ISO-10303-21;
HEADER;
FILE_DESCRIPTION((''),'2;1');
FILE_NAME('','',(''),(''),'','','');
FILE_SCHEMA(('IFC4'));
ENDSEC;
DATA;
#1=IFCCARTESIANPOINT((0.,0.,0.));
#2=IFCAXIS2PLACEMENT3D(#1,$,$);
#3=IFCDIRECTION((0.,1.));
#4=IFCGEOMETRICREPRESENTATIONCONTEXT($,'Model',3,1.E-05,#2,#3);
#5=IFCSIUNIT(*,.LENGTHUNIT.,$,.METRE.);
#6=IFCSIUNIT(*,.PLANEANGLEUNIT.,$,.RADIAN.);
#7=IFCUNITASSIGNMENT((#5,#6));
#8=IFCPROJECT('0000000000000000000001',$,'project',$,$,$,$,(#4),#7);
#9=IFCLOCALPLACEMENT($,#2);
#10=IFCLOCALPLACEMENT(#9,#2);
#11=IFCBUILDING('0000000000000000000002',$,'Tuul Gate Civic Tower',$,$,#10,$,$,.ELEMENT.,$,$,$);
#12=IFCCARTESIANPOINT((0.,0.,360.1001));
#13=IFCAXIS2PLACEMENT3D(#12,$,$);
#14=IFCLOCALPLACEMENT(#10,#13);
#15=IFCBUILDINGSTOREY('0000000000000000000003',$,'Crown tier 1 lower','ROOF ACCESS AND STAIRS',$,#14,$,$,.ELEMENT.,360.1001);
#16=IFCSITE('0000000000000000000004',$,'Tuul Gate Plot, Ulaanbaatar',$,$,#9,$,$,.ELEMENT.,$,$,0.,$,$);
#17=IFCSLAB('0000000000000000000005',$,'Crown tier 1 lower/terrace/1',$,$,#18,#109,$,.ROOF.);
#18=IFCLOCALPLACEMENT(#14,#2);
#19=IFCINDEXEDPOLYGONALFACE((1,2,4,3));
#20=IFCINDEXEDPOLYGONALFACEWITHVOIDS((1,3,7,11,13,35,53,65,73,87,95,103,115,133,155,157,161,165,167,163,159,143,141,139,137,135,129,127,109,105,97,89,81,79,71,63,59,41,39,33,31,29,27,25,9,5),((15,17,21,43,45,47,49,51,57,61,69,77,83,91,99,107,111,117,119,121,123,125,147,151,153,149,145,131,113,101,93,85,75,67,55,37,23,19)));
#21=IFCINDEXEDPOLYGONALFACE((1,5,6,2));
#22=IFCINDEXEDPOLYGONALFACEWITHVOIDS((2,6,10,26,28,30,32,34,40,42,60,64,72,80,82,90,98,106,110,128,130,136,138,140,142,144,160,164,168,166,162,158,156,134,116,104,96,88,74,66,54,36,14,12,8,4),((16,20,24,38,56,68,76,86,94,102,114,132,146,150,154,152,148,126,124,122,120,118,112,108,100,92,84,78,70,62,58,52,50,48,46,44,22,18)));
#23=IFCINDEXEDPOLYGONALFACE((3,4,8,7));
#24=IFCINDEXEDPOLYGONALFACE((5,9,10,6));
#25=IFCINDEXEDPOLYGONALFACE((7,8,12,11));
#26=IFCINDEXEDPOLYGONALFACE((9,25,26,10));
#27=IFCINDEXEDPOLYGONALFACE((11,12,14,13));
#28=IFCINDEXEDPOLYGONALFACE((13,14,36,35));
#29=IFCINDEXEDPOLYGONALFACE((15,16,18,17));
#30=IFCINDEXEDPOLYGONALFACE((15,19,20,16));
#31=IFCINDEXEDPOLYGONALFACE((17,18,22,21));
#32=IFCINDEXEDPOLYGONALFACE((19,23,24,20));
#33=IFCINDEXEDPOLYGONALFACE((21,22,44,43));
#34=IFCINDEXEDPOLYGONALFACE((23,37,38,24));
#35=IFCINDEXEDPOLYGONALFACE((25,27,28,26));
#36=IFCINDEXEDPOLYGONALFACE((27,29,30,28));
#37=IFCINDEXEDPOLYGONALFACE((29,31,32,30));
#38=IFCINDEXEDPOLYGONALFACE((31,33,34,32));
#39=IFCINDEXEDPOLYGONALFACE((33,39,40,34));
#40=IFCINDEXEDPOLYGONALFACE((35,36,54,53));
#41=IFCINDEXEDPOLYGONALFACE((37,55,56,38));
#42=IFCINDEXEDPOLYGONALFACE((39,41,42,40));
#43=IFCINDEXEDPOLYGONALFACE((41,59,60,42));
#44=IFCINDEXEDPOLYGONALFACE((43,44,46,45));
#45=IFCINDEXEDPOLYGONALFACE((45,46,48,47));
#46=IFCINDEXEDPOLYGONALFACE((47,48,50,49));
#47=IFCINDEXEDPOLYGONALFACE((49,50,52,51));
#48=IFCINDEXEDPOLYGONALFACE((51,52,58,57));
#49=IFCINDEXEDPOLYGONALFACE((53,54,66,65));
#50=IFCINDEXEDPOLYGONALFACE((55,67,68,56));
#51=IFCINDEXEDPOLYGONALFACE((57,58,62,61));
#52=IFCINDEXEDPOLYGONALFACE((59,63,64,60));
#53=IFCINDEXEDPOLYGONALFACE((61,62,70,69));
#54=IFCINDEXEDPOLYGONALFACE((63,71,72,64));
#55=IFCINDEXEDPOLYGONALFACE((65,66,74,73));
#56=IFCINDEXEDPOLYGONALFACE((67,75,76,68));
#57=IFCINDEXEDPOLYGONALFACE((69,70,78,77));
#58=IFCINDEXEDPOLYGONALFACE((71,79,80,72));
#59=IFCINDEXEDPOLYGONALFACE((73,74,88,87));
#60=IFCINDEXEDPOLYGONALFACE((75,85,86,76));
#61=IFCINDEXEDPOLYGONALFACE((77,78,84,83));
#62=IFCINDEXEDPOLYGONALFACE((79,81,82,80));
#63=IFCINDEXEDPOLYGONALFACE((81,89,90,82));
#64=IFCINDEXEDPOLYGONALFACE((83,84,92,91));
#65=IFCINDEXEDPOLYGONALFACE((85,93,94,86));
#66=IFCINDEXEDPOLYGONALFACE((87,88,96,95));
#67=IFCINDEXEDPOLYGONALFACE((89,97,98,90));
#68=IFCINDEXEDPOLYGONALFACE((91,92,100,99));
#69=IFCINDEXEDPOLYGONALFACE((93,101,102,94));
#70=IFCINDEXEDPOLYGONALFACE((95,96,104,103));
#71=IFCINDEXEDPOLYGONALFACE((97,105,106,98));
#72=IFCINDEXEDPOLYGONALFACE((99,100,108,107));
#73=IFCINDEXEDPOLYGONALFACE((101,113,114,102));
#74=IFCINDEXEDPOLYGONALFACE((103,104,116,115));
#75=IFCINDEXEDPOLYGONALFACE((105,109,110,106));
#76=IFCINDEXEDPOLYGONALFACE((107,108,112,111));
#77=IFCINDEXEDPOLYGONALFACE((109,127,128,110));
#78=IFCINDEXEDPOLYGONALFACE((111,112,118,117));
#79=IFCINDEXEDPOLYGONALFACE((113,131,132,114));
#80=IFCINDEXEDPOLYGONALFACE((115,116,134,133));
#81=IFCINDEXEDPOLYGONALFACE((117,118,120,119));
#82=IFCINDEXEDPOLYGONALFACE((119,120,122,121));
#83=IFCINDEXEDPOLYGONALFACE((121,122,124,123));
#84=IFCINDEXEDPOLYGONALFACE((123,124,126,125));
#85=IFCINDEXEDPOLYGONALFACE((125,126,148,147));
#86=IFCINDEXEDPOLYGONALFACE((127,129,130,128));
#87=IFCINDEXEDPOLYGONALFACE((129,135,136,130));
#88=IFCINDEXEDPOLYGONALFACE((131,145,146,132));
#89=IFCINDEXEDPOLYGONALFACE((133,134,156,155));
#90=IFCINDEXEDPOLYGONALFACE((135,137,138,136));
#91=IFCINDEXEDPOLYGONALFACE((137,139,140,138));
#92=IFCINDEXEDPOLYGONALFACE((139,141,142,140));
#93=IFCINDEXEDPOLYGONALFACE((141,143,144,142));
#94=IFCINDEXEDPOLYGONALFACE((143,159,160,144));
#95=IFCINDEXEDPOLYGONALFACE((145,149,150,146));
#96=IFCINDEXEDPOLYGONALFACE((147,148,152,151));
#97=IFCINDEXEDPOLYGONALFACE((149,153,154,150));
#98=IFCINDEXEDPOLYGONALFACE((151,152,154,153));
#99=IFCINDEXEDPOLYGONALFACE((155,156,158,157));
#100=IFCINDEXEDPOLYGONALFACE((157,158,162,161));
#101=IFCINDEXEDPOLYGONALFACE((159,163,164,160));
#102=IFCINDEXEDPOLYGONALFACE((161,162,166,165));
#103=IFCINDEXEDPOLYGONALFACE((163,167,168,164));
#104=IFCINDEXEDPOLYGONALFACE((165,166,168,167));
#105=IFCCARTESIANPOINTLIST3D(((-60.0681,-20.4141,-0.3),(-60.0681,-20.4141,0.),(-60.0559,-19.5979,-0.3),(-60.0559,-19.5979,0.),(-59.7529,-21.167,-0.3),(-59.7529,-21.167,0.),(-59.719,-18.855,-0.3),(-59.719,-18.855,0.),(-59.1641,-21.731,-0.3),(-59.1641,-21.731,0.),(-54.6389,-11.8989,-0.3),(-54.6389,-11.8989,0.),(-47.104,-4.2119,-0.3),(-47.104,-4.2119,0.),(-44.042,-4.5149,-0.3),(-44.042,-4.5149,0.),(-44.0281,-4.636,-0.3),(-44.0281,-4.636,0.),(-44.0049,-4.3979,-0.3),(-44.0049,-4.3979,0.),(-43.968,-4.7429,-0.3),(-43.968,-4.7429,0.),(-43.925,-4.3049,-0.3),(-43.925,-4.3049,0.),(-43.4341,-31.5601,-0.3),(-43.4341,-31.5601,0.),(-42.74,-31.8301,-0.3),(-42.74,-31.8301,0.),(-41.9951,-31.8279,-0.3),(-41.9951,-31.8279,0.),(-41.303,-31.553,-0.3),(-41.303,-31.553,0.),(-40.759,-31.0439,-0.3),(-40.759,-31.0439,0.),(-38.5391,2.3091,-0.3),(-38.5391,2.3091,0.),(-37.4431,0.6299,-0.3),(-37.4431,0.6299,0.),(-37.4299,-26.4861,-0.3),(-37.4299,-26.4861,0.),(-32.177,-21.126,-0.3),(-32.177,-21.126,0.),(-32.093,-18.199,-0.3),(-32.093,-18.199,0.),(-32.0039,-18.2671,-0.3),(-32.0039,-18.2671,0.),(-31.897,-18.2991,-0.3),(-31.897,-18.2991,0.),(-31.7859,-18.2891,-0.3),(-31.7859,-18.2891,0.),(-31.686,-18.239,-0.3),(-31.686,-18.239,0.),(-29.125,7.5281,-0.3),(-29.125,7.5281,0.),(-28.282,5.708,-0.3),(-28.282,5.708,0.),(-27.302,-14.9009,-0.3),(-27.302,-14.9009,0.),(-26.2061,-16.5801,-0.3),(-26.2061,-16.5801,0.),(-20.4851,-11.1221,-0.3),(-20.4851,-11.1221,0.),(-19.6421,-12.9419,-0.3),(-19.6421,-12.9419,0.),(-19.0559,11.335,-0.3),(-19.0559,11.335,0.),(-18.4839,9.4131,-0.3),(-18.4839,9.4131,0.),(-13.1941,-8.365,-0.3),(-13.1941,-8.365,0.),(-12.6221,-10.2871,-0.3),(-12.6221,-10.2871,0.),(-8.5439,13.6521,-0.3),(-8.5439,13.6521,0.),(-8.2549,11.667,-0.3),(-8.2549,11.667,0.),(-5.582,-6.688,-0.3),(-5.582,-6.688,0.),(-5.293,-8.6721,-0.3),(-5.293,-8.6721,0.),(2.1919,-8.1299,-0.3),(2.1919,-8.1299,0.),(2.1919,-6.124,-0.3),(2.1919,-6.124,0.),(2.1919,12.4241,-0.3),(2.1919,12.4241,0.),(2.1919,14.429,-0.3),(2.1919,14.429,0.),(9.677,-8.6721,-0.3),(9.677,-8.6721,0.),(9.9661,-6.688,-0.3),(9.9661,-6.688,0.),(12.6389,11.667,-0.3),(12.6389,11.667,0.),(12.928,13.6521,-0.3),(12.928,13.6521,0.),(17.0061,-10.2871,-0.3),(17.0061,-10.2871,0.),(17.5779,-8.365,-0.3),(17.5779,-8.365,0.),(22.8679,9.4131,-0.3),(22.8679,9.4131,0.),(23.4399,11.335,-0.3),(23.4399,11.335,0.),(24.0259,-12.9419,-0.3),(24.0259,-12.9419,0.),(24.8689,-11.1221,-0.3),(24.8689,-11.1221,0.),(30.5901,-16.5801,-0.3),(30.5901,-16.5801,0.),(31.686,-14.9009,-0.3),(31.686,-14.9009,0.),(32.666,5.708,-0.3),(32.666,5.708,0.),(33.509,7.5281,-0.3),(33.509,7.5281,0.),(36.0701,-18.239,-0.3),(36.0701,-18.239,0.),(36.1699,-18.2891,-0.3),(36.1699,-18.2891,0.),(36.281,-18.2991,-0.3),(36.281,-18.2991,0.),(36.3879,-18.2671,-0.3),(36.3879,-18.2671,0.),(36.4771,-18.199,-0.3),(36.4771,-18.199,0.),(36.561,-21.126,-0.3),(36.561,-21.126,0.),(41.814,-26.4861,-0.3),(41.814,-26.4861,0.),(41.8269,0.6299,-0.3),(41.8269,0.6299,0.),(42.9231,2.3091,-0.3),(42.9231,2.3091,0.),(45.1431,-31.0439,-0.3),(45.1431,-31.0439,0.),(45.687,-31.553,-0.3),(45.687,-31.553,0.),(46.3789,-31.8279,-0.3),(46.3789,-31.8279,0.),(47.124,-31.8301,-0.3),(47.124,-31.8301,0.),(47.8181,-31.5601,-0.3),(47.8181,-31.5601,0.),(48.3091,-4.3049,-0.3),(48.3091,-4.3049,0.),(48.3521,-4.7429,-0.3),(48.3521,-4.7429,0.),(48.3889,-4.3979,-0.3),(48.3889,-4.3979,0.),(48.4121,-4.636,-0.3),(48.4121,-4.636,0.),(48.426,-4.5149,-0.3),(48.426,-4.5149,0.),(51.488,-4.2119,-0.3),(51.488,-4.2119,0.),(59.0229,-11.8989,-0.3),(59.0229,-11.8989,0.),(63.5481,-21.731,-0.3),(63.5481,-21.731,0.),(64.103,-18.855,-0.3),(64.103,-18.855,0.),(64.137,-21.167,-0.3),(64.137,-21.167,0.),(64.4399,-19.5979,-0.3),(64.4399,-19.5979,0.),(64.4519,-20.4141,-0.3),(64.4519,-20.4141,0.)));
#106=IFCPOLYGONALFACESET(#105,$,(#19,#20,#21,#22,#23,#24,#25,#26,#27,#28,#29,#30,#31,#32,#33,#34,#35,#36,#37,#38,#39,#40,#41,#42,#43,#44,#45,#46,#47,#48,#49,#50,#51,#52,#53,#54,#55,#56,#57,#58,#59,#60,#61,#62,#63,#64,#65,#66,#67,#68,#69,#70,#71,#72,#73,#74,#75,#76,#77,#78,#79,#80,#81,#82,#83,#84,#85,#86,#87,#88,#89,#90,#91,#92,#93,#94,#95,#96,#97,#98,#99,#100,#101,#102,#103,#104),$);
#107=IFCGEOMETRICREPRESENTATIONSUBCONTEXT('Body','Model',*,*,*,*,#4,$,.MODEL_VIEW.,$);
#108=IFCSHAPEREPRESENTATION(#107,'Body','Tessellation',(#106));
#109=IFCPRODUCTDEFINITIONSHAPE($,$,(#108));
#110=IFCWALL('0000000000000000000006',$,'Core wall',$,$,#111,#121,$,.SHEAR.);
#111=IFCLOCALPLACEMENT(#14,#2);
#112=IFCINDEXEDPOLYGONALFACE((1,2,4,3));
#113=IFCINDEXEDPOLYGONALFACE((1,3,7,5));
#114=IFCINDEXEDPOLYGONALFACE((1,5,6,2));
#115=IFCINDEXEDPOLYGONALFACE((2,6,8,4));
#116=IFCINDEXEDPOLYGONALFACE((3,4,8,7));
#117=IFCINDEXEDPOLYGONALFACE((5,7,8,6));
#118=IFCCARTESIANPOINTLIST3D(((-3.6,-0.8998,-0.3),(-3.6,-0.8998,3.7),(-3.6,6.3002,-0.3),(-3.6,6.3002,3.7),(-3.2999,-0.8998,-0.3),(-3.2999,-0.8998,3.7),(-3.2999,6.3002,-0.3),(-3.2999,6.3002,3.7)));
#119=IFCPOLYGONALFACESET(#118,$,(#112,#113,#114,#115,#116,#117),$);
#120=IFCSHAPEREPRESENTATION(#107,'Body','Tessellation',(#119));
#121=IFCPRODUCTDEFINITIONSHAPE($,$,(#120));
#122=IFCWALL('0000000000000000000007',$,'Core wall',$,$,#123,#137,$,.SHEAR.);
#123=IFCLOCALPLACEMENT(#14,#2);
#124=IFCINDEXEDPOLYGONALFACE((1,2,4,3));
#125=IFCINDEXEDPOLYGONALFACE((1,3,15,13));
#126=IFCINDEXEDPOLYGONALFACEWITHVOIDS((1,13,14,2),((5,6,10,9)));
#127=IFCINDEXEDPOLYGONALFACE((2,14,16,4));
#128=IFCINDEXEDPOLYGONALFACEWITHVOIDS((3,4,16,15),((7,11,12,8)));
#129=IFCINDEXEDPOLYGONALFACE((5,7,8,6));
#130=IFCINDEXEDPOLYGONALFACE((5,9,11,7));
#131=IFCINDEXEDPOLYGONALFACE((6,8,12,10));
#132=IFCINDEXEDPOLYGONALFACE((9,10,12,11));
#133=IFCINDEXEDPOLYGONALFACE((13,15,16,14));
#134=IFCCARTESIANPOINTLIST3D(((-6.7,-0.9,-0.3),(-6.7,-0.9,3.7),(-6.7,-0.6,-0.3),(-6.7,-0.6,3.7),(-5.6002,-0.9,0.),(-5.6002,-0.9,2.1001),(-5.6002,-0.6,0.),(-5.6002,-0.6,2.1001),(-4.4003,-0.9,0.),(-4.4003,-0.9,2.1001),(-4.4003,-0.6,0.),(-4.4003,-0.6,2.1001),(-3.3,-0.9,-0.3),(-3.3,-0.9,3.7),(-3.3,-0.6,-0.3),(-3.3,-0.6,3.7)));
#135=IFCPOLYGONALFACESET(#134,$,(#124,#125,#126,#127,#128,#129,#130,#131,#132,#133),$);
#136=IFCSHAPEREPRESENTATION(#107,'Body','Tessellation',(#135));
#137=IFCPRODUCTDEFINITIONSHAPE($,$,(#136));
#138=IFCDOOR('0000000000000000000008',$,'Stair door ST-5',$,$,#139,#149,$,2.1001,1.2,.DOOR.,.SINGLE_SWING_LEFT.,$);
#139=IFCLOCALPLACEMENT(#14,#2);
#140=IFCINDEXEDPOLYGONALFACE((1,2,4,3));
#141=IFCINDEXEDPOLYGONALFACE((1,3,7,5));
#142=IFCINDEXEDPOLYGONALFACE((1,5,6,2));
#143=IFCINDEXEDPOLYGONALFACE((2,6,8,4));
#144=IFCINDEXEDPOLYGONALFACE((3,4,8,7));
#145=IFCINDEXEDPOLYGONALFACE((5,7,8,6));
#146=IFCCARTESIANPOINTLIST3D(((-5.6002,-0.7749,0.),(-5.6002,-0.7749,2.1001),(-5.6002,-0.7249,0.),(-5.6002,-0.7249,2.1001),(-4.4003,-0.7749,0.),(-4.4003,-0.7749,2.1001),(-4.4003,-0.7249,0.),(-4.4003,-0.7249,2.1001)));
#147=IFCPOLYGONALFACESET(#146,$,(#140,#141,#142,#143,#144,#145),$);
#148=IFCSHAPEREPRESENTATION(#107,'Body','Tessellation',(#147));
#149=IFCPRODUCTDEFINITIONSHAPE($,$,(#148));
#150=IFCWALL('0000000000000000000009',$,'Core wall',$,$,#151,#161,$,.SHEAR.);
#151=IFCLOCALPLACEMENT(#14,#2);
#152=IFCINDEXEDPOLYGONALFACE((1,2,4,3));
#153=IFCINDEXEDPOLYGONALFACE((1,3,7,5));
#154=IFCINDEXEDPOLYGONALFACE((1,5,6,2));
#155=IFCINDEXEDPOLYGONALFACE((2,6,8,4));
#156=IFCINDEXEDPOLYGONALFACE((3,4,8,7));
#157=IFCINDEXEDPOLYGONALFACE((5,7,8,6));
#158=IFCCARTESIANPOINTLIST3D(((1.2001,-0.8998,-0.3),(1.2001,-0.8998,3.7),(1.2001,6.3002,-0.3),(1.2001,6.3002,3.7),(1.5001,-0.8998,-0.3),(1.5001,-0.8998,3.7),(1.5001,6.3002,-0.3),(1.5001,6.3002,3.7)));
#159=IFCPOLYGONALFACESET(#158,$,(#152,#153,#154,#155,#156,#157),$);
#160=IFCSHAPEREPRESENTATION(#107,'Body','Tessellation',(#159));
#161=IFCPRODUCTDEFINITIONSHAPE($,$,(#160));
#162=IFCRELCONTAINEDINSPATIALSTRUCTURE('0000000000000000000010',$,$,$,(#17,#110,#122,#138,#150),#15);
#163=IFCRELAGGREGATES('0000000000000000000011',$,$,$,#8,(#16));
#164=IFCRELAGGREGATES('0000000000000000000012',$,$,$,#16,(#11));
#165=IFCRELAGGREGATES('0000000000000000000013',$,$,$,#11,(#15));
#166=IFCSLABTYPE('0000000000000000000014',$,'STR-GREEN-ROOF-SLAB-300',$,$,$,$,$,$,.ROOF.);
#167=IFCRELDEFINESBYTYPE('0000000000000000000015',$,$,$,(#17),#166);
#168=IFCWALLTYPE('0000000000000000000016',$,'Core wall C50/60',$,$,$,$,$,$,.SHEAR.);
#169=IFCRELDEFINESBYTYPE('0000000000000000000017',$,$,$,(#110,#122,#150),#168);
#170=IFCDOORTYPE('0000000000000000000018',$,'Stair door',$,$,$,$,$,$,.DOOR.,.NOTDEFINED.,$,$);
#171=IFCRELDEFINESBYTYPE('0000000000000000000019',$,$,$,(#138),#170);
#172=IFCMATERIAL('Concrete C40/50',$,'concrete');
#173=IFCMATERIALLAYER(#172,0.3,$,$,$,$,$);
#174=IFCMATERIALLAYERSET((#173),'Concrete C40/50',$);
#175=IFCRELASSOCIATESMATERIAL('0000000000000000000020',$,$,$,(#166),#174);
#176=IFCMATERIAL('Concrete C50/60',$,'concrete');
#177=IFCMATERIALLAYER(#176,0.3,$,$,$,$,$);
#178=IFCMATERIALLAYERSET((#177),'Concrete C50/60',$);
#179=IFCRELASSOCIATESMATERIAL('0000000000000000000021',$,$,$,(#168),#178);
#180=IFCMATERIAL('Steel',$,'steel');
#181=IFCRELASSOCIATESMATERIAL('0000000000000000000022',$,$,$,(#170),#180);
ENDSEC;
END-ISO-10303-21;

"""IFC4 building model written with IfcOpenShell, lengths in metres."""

from ifc_helpers import new_model, si_unit, direction, frame, frame_2d, origin, place, context, subcontext, project, spatial, polyline, rectangle, outline, extrude, material, layer, layer_set, type_object, element, fill, save


model = new_model("IFC4")

# Units and contexts
model_context = context("Model", 3, precision=1e-05, world=origin(), true_north=direction((0.0, 1.0)))
body_context = subcontext(model_context, "Body", "Model", "MODEL_VIEW")
ifc_project = project(units=[si_unit("LENGTHUNIT", "METRE"), si_unit("PLANEANGLEUNIT", "RADIAN")], contexts=[model_context])

# Site, building, storey
site_placement = place(None, origin())
site = spatial("IfcSite", under=ifc_project, at=site_placement, Name="Tuul Gate Plot, Ulaanbaatar", CompositionType="ELEMENT", RefElevation=0.0)
building_placement = place(site_placement, origin())
building = spatial("IfcBuilding", under=site, at=building_placement, Name="Tuul Gate Civic Tower", CompositionType="ELEMENT")
storey_placement = place(building_placement, frame((0.0, 0.0, 360.1001)))
storey = spatial("IfcBuildingStorey", under=building, at=storey_placement, Name="Crown tier 1 lower", Description="ROOF ACCESS AND STAIRS", CompositionType="ELEMENT", Elevation=360.1001)

# Slab
ifc_material_1 = material(Name="Concrete C40/50", Category="concrete")
ifc_layer_1 = layer(ifc_material_1, 0.3)
ifc_layer_set_1 = layer_set([ifc_layer_1], Name="Concrete C40/50")
slab_type_1 = type_object("IfcSlabType", Name="STR-GREEN-ROOF-SLAB-300", PredefinedType="ROOF", material=ifc_layer_set_1)
slab_1_placement = place(storey_placement, frame((0.0, 0.0, -0.3)))
element("IfcSlab", 1, at=slab_1_placement, inside=storey, type_object=slab_type_1, Name="Crown tier 1 lower/terrace/1", PredefinedType="ROOF", context=body_context, shape_type="SweptSolid", body=[
    extrude(outline(polyline([(47.8181, -31.5601), (47.124, -31.8301), (46.3789, -31.8279), (45.687, -31.553), (45.1431, -31.0439), (41.814, -26.4861), (36.561, -21.126), (30.5901, -16.5801), (24.0259, -12.9419), (17.0061, -10.2871), (9.677, -8.6721), (2.1919, -8.1299), (-5.293, -8.6721), (-12.6221, -10.2871), (-19.6421, -12.9419), (-26.2061, -16.5801), (-32.177, -21.126), (-37.4299, -26.4861), (-40.759, -31.0439), (-41.303, -31.553), (-41.9951, -31.8279), (-42.74, -31.8301), (-43.4341, -31.5601), (-59.1641, -21.731), (-59.7529, -21.167), (-60.0681, -20.4141), (-60.0559, -19.5979), (-59.719, -18.855), (-54.6389, -11.8989), (-47.104, -4.2119), (-38.5391, 2.3091), (-29.125, 7.5281), (-19.0559, 11.335), (-8.5439, 13.6521), (2.1919, 14.429), (12.928, 13.6521), (23.4399, 11.335), (33.509, 7.5281), (42.9231, 2.3091), (51.488, -4.2119), (59.0229, -11.8989), (64.103, -18.855), (64.4399, -19.5979), (64.4519, -20.4141), (64.137, -21.167), (63.5481, -21.731), (47.8181, -31.5601)]), holes=[polyline([(48.4121, -4.636), (48.426, -4.5149), (48.3889, -4.3979), (48.3091, -4.3049), (41.8269, 0.6299), (32.666, 5.708), (22.8679, 9.4131), (12.6389, 11.667), (2.1919, 12.4241), (-8.2549, 11.667), (-18.4839, 9.4131), (-28.282, 5.708), (-37.4431, 0.6299), (-43.925, -4.3049), (-44.0049, -4.3979), (-44.042, -4.5149), (-44.0281, -4.636), (-43.968, -4.7429), (-32.093, -18.199), (-32.0039, -18.2671), (-31.897, -18.2991), (-31.7859, -18.2891), (-31.686, -18.239), (-27.302, -14.9009), (-20.4851, -11.1221), (-13.1941, -8.365), (-5.582, -6.688), (2.1919, -6.124), (9.9661, -6.688), (17.5779, -8.365), (24.8689, -11.1221), (31.686, -14.9009), (36.0701, -18.239), (36.1699, -18.2891), (36.281, -18.2991), (36.3879, -18.2671), (36.4771, -18.199), (48.3521, -4.7429), (48.4121, -4.636)])]), origin(), (0.0, 0.0, 1.0), 0.3),
])

# Wall
ifc_material_2 = material(Name="Concrete C50/60", Category="concrete")
ifc_layer_2 = layer(ifc_material_2, 0.3)
ifc_layer_set_2 = layer_set([ifc_layer_2], Name="Concrete C50/60")
wall_type_1 = type_object("IfcWallType", Name="Core wall C50/60", PredefinedType="SHEAR", material=ifc_layer_set_2)
wall_1_placement = place(storey_placement, frame((-3.45, -0.8999, -0.3), z_axis=(0.0, 0.0, 1.0), x_axis=(0.0, 1.0, 0.0)))
element("IfcWall", 2, at=wall_1_placement, inside=storey, type_object=wall_type_1, Name="Core wall", PredefinedType="SHEAR", context=body_context, shape_type="SweptSolid", body=[
    extrude(rectangle(XDim=7.2, YDim=0.3, at=frame_2d((3.6001, 0.0))), origin(), (0.0, 0.0, 1.0), 4.0),
])

# Wall, opening, door
wall_2_placement = place(storey_placement, frame((-3.3, -0.75, -0.3), z_axis=(0.0, 0.0, 1.0), x_axis=(-1.0, 0.0, 0.0)))
wall_2 = element("IfcWall", 3, at=wall_2_placement, inside=storey, type_object=wall_type_1, Name="Core wall", PredefinedType="SHEAR", context=body_context, shape_type="SweptSolid", body=[
    extrude(rectangle(XDim=3.3999, YDim=0.3, at=frame_2d((1.7, 0.0))), origin(), (0.0, 0.0, 1.0), 4.0),
])
opening_1_placement = place(wall_2_placement, frame((1.1001, 0.0, 0.3)))
opening_1 = element("IfcOpeningElement", 4, at=opening_1_placement, cuts=wall_2, PredefinedType="OPENING", context=body_context, shape_type="SweptSolid", body=[
    extrude(rectangle(XDim=1.2, YDim=2.1001, at=frame_2d((0.6001, 1.05))), frame((0.0, 0.1602, 0.0), z_axis=(0.0, -1.0, 0.0), x_axis=(1.0, 0.0, 0.0)), (0.0, 0.0, 1.0), 0.3201),
])
ifc_material_3 = material(Name="Steel", Category="steel")
door_type = type_object("IfcDoorType", Name="Stair door", OperationType="NOTDEFINED", PredefinedType="DOOR", material=ifc_material_3)
door_1_placement = place(opening_1_placement, origin())
door_1 = element("IfcDoor", 5, at=door_1_placement, inside=storey, type_object=door_type, Name="Stair door ST-5", OperationType="SINGLE_SWING_LEFT", OverallHeight=2.1001, OverallWidth=1.2, PredefinedType="DOOR", context=body_context, shape_type="SweptSolid", body=[
    extrude(rectangle(XDim=1.2, YDim=2.1001, at=frame_2d((0.6001, 1.05))), frame((0.0, 0.0249, 0.0), z_axis=(0.0, -1.0, 0.0), x_axis=(1.0, 0.0, 0.0)), (0.0, 0.0, 1.0), 0.05),
])
fill(opening_1, door_1)

# Wall
wall_3_placement = place(storey_placement, frame((1.3501, -0.8999, -0.3), z_axis=(0.0, 0.0, 1.0), x_axis=(0.0, 1.0, 0.0)))
element("IfcWall", 6, at=wall_3_placement, inside=storey, type_object=wall_type_1, Name="Core wall", PredefinedType="SHEAR", context=body_context, shape_type="SweptSolid", body=[
    extrude(rectangle(XDim=7.2, YDim=0.3, at=frame_2d((3.6001, 0.0))), origin(), (0.0, 0.0, 1.0), 4.0),
])

save(model, "model.ifc")
